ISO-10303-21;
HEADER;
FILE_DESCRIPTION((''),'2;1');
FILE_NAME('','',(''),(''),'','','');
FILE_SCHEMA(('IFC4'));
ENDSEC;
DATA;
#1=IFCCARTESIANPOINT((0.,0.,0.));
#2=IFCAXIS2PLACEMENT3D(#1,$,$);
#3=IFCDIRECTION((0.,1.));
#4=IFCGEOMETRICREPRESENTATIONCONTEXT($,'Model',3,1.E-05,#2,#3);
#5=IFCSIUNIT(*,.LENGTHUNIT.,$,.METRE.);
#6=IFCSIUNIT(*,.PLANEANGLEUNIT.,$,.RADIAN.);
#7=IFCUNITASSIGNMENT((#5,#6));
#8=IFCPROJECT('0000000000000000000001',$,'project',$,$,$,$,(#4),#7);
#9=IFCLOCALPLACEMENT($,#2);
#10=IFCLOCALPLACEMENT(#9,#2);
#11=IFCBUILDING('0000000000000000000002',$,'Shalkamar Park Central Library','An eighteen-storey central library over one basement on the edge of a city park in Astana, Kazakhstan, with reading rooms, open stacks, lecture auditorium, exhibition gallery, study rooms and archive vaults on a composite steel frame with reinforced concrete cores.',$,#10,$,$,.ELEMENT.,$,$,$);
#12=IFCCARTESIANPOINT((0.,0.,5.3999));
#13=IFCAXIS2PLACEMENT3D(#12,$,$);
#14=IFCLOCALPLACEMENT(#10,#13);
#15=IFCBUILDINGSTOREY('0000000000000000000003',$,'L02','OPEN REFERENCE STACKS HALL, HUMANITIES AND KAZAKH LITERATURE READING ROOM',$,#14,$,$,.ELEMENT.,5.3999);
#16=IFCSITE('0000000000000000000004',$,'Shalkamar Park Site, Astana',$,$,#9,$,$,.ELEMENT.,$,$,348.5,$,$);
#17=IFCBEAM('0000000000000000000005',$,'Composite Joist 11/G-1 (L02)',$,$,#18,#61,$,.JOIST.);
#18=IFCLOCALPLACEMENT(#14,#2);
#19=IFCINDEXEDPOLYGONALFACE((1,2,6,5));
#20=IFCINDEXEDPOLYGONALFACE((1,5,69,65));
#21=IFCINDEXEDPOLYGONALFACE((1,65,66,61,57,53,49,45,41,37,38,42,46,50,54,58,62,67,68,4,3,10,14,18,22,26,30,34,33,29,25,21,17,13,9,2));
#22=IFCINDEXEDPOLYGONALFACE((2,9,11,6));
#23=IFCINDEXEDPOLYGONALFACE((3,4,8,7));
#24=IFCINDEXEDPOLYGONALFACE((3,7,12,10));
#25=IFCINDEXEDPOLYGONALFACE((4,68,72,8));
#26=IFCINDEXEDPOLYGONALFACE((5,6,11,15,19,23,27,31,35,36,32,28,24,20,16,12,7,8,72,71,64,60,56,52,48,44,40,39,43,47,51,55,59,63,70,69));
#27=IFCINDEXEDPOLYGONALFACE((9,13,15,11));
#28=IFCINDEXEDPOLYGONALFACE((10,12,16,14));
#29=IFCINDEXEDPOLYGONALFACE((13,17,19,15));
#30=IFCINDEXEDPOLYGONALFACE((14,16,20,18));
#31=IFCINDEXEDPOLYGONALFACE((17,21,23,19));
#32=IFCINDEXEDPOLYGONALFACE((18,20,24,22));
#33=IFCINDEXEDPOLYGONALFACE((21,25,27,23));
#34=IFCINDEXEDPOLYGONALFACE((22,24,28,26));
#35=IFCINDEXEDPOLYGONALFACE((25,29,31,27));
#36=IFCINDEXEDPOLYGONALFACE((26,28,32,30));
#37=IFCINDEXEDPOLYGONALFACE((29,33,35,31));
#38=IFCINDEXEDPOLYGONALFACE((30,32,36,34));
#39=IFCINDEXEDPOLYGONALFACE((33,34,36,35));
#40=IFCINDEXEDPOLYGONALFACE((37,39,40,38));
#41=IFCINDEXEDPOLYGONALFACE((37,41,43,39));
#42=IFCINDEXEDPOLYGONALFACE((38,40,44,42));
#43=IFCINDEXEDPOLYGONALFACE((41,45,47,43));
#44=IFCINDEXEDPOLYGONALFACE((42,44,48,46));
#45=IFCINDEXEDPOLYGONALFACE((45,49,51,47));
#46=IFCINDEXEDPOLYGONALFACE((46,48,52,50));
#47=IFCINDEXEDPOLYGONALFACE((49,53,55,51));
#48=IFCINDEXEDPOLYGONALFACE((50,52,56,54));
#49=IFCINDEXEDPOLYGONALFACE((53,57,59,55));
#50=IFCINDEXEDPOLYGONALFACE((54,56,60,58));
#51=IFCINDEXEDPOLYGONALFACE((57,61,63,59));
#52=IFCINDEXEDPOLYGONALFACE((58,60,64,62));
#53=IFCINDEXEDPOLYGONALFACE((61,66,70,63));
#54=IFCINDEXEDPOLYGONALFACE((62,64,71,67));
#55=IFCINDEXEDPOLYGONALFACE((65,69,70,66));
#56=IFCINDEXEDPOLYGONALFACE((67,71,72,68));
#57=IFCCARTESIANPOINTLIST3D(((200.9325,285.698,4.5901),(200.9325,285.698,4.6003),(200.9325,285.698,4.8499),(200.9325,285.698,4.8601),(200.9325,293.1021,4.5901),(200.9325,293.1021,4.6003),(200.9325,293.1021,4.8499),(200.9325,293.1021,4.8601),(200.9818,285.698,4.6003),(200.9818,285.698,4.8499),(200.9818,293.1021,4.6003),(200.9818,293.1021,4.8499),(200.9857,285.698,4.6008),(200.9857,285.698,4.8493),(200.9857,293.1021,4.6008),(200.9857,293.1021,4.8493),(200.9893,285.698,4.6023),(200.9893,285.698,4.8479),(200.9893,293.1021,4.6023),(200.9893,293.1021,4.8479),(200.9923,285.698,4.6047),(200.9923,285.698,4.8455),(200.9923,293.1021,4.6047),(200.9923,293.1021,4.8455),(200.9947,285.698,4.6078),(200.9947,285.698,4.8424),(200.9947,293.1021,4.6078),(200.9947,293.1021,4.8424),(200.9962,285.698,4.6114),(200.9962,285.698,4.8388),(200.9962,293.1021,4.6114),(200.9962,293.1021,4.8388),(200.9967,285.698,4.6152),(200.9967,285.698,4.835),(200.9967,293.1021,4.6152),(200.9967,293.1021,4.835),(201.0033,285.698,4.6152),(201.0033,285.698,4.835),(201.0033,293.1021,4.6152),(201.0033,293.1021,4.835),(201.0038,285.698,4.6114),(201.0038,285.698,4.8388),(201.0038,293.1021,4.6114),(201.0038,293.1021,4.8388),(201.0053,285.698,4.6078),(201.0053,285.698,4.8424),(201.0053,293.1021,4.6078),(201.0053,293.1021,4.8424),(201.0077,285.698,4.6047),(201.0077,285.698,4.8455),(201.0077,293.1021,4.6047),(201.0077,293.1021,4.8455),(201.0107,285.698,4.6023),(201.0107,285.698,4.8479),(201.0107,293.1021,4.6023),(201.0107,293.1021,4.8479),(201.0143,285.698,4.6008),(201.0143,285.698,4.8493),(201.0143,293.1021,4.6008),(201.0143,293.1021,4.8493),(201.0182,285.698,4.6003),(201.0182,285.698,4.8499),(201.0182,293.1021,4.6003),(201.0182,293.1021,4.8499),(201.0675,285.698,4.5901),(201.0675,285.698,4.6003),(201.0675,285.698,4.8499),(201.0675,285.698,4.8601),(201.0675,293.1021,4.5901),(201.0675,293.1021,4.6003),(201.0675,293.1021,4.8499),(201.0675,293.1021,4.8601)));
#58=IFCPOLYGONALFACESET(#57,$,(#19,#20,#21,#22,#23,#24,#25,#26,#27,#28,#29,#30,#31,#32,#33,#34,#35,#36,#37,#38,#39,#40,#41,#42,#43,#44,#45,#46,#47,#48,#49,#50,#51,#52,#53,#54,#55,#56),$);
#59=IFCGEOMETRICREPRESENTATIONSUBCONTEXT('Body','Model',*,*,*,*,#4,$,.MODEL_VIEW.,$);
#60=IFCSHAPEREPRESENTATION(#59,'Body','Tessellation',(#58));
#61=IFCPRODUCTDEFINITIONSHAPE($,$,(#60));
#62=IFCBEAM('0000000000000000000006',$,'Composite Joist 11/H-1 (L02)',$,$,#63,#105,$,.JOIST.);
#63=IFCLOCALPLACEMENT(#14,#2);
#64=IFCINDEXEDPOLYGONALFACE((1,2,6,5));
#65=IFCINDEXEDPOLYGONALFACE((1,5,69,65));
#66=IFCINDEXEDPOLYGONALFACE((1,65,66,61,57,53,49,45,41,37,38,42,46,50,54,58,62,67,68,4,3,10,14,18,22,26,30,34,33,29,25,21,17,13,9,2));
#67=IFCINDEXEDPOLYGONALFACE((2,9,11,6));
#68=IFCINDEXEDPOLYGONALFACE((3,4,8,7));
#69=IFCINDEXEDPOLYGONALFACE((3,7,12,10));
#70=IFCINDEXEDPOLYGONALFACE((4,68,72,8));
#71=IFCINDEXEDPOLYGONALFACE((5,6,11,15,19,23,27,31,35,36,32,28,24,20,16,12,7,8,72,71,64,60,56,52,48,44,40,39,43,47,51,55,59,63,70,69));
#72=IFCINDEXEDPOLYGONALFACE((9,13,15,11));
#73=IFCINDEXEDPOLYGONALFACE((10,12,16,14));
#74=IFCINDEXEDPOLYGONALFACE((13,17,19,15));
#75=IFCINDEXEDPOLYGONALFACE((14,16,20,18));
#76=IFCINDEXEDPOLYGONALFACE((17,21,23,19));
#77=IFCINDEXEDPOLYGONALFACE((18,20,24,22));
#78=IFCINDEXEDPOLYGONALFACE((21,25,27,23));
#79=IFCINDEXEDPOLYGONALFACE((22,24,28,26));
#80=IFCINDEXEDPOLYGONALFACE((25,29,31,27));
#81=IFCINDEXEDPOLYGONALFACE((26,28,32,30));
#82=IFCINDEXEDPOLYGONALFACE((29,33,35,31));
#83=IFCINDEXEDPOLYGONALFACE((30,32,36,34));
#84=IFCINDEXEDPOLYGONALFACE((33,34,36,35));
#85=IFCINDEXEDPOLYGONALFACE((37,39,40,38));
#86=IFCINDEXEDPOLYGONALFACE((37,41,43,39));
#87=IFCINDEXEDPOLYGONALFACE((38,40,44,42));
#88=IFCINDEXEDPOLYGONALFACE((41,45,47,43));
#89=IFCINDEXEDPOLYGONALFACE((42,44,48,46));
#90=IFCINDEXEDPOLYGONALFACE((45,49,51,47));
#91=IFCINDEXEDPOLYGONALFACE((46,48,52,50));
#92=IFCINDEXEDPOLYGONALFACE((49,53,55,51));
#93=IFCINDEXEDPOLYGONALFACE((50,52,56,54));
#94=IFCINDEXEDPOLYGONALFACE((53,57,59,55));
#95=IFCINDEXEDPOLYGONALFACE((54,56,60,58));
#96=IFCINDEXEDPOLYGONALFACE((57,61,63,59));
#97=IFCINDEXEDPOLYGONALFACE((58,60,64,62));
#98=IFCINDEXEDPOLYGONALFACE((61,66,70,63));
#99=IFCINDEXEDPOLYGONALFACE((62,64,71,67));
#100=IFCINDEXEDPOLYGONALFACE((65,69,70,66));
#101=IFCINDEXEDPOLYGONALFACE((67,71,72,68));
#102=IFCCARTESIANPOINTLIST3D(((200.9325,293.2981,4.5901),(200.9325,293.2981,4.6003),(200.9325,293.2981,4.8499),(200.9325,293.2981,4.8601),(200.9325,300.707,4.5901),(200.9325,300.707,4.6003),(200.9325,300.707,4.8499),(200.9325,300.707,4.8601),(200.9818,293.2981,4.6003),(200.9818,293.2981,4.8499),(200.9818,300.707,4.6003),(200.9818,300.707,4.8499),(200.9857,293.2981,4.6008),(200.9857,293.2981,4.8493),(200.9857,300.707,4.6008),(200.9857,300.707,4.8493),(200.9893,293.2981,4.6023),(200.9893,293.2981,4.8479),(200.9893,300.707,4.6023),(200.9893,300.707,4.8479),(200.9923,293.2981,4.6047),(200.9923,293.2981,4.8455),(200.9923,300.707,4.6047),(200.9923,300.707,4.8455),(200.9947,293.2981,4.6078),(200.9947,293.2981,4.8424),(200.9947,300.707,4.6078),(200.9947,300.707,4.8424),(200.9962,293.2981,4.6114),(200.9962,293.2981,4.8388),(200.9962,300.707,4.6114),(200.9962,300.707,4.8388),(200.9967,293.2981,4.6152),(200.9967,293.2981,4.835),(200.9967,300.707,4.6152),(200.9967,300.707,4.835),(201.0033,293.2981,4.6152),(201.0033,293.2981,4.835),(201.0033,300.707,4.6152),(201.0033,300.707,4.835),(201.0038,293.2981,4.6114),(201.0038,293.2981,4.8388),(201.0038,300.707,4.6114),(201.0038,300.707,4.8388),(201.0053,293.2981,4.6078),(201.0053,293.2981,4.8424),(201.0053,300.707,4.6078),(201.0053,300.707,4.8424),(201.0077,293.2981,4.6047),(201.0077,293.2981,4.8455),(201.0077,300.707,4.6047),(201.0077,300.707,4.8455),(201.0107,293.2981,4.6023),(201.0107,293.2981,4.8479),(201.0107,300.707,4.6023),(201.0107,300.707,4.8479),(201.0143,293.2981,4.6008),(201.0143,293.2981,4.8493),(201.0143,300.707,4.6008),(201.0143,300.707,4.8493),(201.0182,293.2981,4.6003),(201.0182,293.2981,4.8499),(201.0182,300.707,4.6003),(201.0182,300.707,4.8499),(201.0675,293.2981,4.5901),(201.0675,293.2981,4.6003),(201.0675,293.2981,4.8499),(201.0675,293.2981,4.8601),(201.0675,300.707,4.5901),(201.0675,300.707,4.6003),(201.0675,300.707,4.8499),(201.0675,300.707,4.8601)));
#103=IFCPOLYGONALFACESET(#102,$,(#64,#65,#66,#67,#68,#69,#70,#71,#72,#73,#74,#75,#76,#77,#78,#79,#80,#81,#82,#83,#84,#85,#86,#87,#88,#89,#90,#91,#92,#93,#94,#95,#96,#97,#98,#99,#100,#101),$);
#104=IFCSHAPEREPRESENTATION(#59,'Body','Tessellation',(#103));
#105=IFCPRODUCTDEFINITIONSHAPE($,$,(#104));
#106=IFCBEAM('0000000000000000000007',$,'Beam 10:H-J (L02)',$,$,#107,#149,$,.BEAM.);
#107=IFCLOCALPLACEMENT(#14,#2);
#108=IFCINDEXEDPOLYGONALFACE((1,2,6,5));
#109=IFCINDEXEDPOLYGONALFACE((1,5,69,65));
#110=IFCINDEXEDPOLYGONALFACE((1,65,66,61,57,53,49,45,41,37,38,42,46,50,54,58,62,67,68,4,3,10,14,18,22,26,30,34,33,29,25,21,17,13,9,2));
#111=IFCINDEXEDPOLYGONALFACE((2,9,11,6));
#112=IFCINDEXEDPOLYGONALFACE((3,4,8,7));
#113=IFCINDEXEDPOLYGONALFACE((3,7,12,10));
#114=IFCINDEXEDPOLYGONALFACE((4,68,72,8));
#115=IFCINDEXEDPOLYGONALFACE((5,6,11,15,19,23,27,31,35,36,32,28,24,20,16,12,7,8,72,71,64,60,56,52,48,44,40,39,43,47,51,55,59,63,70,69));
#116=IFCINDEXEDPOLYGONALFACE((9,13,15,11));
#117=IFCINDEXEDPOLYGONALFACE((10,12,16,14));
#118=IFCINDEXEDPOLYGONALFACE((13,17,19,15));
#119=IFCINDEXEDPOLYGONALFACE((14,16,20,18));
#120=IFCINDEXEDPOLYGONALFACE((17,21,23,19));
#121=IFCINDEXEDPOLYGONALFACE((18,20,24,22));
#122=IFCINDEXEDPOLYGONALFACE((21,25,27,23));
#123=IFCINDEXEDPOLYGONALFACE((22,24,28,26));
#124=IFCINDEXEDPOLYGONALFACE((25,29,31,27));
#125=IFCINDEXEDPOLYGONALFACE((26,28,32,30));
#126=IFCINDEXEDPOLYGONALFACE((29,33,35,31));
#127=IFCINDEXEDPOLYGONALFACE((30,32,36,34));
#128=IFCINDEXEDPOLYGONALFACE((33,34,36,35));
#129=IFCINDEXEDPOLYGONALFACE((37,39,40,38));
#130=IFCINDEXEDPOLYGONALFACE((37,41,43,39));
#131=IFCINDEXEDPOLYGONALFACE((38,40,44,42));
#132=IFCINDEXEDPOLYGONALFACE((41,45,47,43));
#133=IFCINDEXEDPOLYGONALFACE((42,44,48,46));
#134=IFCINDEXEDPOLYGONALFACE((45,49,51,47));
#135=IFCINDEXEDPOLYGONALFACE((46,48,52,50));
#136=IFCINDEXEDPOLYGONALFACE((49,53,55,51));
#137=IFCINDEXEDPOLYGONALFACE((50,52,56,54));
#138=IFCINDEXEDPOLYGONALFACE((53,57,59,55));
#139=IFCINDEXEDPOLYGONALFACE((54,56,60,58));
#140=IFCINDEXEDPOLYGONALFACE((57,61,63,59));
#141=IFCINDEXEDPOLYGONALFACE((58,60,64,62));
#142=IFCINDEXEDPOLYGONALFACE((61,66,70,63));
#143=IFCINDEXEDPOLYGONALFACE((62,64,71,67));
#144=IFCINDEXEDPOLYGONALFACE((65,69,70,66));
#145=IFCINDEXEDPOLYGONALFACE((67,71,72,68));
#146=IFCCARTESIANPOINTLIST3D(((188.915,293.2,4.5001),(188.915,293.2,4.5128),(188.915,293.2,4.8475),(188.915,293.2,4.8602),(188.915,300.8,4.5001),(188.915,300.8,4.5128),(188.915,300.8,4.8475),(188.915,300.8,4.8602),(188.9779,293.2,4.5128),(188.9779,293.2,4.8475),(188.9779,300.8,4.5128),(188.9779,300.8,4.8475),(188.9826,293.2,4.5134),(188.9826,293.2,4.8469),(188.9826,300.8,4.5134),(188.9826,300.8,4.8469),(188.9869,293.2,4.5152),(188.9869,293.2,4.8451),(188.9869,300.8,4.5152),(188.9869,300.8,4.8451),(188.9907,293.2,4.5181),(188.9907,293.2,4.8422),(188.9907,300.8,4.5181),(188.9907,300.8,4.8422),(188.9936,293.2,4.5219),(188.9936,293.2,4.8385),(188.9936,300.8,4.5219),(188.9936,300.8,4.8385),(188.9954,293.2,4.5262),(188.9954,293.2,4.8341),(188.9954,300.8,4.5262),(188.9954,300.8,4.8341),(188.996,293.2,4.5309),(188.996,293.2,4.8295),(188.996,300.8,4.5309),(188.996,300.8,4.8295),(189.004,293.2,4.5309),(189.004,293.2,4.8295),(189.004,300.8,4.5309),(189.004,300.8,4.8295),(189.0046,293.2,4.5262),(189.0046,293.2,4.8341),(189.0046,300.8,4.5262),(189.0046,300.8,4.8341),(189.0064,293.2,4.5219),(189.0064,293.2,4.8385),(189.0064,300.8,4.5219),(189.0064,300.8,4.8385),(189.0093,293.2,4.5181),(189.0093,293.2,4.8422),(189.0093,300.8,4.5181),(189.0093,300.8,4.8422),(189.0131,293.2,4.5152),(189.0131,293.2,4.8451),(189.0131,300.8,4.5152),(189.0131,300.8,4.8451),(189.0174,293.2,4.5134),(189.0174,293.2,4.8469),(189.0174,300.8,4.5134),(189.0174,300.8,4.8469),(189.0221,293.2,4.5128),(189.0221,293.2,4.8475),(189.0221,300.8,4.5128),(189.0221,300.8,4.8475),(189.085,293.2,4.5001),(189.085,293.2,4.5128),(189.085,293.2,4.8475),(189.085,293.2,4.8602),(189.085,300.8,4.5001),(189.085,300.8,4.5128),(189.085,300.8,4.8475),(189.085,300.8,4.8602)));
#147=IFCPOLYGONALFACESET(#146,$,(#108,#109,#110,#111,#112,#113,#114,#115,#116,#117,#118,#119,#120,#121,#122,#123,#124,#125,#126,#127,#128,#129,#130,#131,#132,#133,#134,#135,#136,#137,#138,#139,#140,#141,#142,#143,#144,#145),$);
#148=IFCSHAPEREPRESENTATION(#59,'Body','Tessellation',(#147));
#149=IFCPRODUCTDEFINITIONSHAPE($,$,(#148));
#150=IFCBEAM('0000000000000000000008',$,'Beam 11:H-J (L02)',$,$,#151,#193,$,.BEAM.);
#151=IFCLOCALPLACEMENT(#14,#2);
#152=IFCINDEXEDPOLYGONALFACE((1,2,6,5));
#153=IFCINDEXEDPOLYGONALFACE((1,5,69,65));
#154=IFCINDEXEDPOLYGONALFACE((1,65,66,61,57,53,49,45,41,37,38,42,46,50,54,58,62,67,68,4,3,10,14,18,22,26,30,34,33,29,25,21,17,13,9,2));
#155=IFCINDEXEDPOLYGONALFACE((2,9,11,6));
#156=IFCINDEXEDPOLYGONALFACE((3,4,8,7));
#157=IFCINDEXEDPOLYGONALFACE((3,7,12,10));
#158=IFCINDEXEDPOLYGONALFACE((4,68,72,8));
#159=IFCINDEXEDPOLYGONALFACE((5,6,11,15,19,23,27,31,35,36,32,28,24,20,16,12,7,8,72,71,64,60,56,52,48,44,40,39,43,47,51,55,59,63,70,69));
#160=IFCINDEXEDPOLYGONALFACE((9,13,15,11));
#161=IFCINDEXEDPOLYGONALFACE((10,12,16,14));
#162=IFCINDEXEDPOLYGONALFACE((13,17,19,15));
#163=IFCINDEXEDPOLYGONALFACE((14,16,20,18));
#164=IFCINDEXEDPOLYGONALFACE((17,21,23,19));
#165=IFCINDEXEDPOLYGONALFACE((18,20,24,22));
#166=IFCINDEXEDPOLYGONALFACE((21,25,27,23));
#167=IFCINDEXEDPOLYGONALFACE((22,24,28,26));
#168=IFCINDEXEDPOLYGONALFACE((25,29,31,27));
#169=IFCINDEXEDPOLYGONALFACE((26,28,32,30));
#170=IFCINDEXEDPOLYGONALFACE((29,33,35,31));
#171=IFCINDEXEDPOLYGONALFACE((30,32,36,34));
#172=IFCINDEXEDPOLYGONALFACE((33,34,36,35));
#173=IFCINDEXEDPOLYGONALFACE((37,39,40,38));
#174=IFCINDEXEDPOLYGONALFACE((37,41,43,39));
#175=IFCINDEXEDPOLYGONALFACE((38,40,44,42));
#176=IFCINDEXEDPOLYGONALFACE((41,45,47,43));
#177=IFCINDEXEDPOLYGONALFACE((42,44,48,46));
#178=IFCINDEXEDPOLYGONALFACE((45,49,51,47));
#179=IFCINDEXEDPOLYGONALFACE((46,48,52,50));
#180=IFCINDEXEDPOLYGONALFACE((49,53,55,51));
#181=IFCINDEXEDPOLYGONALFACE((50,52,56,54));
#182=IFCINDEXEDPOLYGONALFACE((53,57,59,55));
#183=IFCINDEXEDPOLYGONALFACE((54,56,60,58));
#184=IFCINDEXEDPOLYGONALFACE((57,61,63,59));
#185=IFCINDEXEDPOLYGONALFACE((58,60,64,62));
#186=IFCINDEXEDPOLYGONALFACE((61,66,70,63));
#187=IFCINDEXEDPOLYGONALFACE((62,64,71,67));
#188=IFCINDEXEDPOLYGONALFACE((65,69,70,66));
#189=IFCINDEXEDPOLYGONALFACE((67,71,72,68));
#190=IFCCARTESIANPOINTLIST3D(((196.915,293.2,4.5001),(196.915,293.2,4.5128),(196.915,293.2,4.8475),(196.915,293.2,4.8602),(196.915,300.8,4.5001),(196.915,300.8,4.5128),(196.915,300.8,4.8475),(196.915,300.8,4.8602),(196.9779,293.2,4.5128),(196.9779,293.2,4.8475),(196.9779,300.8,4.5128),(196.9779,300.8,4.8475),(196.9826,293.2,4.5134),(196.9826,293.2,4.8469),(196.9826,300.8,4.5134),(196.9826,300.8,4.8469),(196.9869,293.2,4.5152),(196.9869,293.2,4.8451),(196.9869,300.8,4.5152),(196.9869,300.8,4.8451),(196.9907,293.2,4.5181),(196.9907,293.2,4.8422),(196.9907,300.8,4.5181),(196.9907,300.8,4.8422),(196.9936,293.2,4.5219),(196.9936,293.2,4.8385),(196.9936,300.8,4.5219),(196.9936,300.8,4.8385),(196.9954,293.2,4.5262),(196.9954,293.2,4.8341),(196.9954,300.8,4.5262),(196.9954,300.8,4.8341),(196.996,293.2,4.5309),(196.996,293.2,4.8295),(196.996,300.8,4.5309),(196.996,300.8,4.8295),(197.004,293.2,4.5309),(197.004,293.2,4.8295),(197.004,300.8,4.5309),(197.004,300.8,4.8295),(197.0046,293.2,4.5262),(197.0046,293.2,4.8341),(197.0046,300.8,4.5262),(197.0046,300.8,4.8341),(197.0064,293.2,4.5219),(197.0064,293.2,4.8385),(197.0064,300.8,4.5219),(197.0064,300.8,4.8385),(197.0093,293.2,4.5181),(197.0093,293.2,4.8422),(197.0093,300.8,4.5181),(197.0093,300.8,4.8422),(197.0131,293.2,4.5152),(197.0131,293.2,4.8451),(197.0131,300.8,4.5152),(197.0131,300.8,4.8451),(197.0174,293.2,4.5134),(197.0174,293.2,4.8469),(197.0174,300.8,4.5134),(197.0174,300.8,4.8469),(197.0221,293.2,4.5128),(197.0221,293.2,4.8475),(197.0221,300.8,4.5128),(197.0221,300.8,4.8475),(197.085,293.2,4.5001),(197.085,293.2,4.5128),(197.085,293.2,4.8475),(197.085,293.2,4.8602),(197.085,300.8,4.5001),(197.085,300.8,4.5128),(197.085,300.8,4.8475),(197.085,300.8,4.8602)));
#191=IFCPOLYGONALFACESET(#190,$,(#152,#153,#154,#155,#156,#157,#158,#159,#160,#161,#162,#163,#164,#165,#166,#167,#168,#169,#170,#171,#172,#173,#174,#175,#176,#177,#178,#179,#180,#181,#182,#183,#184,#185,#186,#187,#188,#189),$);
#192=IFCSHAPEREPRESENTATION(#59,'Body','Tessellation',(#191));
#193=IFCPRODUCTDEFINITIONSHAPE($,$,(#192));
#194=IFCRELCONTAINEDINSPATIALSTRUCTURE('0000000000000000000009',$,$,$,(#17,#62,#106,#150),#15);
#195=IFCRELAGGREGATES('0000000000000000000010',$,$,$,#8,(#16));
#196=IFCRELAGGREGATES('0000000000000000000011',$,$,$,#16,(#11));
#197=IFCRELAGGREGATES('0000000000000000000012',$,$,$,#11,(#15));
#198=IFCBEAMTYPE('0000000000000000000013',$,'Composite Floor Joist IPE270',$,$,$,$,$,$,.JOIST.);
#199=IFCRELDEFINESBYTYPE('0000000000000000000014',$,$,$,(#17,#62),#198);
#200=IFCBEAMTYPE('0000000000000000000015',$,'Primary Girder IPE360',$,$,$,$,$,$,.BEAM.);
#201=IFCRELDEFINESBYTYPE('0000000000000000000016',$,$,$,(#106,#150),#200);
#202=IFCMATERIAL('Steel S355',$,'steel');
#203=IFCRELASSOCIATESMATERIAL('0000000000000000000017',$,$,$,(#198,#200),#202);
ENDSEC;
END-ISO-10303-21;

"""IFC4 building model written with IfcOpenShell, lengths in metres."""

from ifc_helpers import new_model, si_unit, direction, frame, origin, origin_2d, place, context, subcontext, project, spatial, i_section, extrude, material, material_profile, profile_set, type_object, element, save


model = new_model("IFC4")

# Units and contexts
model_context = context("Model", 3, precision=1e-05, world=origin(), true_north=direction((0.0, 1.0)))
body_context = subcontext(model_context, "Body", "Model", "MODEL_VIEW")
ifc_project = project(units=[si_unit("LENGTHUNIT", "METRE"), si_unit("PLANEANGLEUNIT", "RADIAN")], contexts=[model_context])

# Site, building, storey
site_placement = place(None, origin())
site = spatial("IfcSite", under=ifc_project, at=site_placement, Name="Shalkamar Park Site, Astana", CompositionType="ELEMENT", RefElevation=348.5)
building_placement = place(site_placement, origin())
building = spatial("IfcBuilding", under=site, at=building_placement, Name="Shalkamar Park Central Library", Description="An eighteen-storey central library over one basement on the edge of a city park in Astana, Kazakhstan, with reading rooms, open stacks, lecture auditorium, exhibition gallery, study rooms and archive vaults on a composite steel frame with reinforced concrete cores.", CompositionType="ELEMENT")
storey_placement = place(building_placement, frame((0.0, 0.0, 5.3999)))
storey = spatial("IfcBuildingStorey", under=building, at=storey_placement, Name="L02", Description="OPEN REFERENCE STACKS HALL, HUMANITIES AND KAZAKH LITERATURE READING ROOM", CompositionType="ELEMENT", Elevation=5.3999)

# Shared definitions
ifc_material = material(Name="Steel S355", Category="steel")

# Beams
ifc_material_profile_1 = material_profile(ifc_material, i_section(OverallWidth=0.135, OverallDepth=0.27, WebThickness=0.0066, FlangeThickness=0.0103, FilletRadius=0.0149, at=origin_2d()), Name="IPE 270")
ifc_profile_set_1 = profile_set([ifc_material_profile_1], Name="Steel S355")
beam_type_1 = type_object("IfcBeamType", Name="Composite Floor Joist IPE270", PredefinedType="JOIST", material=ifc_profile_set_1)
for number, where, z_axis, x_axis, name in (
    (1, (201.0, 285.698, 4.7251), (0.0, 1.0, 0.0), (-1.0, 0.0, 0.0), "Composite Joist 11/G-1 (L02)"),
):
    element("IfcBeam", number, at=place(storey_placement, frame(where, z_axis=z_axis, x_axis=x_axis)), inside=storey, type_object=beam_type_1, Name=name, PredefinedType="JOIST", context=body_context, shape_type="SweptSolid", body=[
        extrude(i_section(OverallWidth=0.135, OverallDepth=0.27, WebThickness=0.0066, FlangeThickness=0.0103, FilletRadius=0.0149, at=origin_2d()), origin(), (0.0, 0.0, 1.0), 7.4041),
    ])
beam_1_placement = place(storey_placement, frame((201.0, 293.2981, 4.7251), z_axis=(0.0, 1.0, 0.0), x_axis=(-1.0, 0.0, 0.0)))
element("IfcBeam", 2, at=beam_1_placement, inside=storey, type_object=beam_type_1, Name="Composite Joist 11/H-1 (L02)", PredefinedType="JOIST", context=body_context, shape_type="SweptSolid", body=[
    extrude(i_section(OverallWidth=0.135, OverallDepth=0.27, WebThickness=0.0066, FlangeThickness=0.0103, FilletRadius=0.0149, at=origin_2d()), origin(), (0.0, 0.0, 1.0), 7.4089),
])
ifc_material_profile_2 = material_profile(ifc_material, i_section(OverallWidth=0.1699, OverallDepth=0.3601, WebThickness=0.0081, FlangeThickness=0.0127, FilletRadius=0.0181, at=origin_2d()), Name="IPE 360")
ifc_profile_set_2 = profile_set([ifc_material_profile_2], Name="Steel S355")
beam_type_2 = type_object("IfcBeamType", Name="Primary Girder IPE360", PredefinedType="BEAM", material=ifc_profile_set_2)
for number, where, z_axis, x_axis, name in (
    (3, (189.0, 293.2, 4.6802), (0.0, 1.0, 0.0), (-1.0, 0.0, 0.0), "Beam 10:H-J (L02)"),
    (4, (197.0, 293.2, 4.6802), (0.0, 1.0, 0.0), (-1.0, 0.0, 0.0), "Beam 11:H-J (L02)"),
):
    element("IfcBeam", number, at=place(storey_placement, frame(where, z_axis=z_axis, x_axis=x_axis)), inside=storey, type_object=beam_type_2, Name=name, PredefinedType="BEAM", context=body_context, shape_type="SweptSolid", body=[
        extrude(i_section(OverallWidth=0.1699, OverallDepth=0.3601, WebThickness=0.0081, FlangeThickness=0.0127, FilletRadius=0.0181, at=origin_2d()), origin(), (0.0, 0.0, 1.0), 7.6001),
    ])

save(model, "model.ifc")
